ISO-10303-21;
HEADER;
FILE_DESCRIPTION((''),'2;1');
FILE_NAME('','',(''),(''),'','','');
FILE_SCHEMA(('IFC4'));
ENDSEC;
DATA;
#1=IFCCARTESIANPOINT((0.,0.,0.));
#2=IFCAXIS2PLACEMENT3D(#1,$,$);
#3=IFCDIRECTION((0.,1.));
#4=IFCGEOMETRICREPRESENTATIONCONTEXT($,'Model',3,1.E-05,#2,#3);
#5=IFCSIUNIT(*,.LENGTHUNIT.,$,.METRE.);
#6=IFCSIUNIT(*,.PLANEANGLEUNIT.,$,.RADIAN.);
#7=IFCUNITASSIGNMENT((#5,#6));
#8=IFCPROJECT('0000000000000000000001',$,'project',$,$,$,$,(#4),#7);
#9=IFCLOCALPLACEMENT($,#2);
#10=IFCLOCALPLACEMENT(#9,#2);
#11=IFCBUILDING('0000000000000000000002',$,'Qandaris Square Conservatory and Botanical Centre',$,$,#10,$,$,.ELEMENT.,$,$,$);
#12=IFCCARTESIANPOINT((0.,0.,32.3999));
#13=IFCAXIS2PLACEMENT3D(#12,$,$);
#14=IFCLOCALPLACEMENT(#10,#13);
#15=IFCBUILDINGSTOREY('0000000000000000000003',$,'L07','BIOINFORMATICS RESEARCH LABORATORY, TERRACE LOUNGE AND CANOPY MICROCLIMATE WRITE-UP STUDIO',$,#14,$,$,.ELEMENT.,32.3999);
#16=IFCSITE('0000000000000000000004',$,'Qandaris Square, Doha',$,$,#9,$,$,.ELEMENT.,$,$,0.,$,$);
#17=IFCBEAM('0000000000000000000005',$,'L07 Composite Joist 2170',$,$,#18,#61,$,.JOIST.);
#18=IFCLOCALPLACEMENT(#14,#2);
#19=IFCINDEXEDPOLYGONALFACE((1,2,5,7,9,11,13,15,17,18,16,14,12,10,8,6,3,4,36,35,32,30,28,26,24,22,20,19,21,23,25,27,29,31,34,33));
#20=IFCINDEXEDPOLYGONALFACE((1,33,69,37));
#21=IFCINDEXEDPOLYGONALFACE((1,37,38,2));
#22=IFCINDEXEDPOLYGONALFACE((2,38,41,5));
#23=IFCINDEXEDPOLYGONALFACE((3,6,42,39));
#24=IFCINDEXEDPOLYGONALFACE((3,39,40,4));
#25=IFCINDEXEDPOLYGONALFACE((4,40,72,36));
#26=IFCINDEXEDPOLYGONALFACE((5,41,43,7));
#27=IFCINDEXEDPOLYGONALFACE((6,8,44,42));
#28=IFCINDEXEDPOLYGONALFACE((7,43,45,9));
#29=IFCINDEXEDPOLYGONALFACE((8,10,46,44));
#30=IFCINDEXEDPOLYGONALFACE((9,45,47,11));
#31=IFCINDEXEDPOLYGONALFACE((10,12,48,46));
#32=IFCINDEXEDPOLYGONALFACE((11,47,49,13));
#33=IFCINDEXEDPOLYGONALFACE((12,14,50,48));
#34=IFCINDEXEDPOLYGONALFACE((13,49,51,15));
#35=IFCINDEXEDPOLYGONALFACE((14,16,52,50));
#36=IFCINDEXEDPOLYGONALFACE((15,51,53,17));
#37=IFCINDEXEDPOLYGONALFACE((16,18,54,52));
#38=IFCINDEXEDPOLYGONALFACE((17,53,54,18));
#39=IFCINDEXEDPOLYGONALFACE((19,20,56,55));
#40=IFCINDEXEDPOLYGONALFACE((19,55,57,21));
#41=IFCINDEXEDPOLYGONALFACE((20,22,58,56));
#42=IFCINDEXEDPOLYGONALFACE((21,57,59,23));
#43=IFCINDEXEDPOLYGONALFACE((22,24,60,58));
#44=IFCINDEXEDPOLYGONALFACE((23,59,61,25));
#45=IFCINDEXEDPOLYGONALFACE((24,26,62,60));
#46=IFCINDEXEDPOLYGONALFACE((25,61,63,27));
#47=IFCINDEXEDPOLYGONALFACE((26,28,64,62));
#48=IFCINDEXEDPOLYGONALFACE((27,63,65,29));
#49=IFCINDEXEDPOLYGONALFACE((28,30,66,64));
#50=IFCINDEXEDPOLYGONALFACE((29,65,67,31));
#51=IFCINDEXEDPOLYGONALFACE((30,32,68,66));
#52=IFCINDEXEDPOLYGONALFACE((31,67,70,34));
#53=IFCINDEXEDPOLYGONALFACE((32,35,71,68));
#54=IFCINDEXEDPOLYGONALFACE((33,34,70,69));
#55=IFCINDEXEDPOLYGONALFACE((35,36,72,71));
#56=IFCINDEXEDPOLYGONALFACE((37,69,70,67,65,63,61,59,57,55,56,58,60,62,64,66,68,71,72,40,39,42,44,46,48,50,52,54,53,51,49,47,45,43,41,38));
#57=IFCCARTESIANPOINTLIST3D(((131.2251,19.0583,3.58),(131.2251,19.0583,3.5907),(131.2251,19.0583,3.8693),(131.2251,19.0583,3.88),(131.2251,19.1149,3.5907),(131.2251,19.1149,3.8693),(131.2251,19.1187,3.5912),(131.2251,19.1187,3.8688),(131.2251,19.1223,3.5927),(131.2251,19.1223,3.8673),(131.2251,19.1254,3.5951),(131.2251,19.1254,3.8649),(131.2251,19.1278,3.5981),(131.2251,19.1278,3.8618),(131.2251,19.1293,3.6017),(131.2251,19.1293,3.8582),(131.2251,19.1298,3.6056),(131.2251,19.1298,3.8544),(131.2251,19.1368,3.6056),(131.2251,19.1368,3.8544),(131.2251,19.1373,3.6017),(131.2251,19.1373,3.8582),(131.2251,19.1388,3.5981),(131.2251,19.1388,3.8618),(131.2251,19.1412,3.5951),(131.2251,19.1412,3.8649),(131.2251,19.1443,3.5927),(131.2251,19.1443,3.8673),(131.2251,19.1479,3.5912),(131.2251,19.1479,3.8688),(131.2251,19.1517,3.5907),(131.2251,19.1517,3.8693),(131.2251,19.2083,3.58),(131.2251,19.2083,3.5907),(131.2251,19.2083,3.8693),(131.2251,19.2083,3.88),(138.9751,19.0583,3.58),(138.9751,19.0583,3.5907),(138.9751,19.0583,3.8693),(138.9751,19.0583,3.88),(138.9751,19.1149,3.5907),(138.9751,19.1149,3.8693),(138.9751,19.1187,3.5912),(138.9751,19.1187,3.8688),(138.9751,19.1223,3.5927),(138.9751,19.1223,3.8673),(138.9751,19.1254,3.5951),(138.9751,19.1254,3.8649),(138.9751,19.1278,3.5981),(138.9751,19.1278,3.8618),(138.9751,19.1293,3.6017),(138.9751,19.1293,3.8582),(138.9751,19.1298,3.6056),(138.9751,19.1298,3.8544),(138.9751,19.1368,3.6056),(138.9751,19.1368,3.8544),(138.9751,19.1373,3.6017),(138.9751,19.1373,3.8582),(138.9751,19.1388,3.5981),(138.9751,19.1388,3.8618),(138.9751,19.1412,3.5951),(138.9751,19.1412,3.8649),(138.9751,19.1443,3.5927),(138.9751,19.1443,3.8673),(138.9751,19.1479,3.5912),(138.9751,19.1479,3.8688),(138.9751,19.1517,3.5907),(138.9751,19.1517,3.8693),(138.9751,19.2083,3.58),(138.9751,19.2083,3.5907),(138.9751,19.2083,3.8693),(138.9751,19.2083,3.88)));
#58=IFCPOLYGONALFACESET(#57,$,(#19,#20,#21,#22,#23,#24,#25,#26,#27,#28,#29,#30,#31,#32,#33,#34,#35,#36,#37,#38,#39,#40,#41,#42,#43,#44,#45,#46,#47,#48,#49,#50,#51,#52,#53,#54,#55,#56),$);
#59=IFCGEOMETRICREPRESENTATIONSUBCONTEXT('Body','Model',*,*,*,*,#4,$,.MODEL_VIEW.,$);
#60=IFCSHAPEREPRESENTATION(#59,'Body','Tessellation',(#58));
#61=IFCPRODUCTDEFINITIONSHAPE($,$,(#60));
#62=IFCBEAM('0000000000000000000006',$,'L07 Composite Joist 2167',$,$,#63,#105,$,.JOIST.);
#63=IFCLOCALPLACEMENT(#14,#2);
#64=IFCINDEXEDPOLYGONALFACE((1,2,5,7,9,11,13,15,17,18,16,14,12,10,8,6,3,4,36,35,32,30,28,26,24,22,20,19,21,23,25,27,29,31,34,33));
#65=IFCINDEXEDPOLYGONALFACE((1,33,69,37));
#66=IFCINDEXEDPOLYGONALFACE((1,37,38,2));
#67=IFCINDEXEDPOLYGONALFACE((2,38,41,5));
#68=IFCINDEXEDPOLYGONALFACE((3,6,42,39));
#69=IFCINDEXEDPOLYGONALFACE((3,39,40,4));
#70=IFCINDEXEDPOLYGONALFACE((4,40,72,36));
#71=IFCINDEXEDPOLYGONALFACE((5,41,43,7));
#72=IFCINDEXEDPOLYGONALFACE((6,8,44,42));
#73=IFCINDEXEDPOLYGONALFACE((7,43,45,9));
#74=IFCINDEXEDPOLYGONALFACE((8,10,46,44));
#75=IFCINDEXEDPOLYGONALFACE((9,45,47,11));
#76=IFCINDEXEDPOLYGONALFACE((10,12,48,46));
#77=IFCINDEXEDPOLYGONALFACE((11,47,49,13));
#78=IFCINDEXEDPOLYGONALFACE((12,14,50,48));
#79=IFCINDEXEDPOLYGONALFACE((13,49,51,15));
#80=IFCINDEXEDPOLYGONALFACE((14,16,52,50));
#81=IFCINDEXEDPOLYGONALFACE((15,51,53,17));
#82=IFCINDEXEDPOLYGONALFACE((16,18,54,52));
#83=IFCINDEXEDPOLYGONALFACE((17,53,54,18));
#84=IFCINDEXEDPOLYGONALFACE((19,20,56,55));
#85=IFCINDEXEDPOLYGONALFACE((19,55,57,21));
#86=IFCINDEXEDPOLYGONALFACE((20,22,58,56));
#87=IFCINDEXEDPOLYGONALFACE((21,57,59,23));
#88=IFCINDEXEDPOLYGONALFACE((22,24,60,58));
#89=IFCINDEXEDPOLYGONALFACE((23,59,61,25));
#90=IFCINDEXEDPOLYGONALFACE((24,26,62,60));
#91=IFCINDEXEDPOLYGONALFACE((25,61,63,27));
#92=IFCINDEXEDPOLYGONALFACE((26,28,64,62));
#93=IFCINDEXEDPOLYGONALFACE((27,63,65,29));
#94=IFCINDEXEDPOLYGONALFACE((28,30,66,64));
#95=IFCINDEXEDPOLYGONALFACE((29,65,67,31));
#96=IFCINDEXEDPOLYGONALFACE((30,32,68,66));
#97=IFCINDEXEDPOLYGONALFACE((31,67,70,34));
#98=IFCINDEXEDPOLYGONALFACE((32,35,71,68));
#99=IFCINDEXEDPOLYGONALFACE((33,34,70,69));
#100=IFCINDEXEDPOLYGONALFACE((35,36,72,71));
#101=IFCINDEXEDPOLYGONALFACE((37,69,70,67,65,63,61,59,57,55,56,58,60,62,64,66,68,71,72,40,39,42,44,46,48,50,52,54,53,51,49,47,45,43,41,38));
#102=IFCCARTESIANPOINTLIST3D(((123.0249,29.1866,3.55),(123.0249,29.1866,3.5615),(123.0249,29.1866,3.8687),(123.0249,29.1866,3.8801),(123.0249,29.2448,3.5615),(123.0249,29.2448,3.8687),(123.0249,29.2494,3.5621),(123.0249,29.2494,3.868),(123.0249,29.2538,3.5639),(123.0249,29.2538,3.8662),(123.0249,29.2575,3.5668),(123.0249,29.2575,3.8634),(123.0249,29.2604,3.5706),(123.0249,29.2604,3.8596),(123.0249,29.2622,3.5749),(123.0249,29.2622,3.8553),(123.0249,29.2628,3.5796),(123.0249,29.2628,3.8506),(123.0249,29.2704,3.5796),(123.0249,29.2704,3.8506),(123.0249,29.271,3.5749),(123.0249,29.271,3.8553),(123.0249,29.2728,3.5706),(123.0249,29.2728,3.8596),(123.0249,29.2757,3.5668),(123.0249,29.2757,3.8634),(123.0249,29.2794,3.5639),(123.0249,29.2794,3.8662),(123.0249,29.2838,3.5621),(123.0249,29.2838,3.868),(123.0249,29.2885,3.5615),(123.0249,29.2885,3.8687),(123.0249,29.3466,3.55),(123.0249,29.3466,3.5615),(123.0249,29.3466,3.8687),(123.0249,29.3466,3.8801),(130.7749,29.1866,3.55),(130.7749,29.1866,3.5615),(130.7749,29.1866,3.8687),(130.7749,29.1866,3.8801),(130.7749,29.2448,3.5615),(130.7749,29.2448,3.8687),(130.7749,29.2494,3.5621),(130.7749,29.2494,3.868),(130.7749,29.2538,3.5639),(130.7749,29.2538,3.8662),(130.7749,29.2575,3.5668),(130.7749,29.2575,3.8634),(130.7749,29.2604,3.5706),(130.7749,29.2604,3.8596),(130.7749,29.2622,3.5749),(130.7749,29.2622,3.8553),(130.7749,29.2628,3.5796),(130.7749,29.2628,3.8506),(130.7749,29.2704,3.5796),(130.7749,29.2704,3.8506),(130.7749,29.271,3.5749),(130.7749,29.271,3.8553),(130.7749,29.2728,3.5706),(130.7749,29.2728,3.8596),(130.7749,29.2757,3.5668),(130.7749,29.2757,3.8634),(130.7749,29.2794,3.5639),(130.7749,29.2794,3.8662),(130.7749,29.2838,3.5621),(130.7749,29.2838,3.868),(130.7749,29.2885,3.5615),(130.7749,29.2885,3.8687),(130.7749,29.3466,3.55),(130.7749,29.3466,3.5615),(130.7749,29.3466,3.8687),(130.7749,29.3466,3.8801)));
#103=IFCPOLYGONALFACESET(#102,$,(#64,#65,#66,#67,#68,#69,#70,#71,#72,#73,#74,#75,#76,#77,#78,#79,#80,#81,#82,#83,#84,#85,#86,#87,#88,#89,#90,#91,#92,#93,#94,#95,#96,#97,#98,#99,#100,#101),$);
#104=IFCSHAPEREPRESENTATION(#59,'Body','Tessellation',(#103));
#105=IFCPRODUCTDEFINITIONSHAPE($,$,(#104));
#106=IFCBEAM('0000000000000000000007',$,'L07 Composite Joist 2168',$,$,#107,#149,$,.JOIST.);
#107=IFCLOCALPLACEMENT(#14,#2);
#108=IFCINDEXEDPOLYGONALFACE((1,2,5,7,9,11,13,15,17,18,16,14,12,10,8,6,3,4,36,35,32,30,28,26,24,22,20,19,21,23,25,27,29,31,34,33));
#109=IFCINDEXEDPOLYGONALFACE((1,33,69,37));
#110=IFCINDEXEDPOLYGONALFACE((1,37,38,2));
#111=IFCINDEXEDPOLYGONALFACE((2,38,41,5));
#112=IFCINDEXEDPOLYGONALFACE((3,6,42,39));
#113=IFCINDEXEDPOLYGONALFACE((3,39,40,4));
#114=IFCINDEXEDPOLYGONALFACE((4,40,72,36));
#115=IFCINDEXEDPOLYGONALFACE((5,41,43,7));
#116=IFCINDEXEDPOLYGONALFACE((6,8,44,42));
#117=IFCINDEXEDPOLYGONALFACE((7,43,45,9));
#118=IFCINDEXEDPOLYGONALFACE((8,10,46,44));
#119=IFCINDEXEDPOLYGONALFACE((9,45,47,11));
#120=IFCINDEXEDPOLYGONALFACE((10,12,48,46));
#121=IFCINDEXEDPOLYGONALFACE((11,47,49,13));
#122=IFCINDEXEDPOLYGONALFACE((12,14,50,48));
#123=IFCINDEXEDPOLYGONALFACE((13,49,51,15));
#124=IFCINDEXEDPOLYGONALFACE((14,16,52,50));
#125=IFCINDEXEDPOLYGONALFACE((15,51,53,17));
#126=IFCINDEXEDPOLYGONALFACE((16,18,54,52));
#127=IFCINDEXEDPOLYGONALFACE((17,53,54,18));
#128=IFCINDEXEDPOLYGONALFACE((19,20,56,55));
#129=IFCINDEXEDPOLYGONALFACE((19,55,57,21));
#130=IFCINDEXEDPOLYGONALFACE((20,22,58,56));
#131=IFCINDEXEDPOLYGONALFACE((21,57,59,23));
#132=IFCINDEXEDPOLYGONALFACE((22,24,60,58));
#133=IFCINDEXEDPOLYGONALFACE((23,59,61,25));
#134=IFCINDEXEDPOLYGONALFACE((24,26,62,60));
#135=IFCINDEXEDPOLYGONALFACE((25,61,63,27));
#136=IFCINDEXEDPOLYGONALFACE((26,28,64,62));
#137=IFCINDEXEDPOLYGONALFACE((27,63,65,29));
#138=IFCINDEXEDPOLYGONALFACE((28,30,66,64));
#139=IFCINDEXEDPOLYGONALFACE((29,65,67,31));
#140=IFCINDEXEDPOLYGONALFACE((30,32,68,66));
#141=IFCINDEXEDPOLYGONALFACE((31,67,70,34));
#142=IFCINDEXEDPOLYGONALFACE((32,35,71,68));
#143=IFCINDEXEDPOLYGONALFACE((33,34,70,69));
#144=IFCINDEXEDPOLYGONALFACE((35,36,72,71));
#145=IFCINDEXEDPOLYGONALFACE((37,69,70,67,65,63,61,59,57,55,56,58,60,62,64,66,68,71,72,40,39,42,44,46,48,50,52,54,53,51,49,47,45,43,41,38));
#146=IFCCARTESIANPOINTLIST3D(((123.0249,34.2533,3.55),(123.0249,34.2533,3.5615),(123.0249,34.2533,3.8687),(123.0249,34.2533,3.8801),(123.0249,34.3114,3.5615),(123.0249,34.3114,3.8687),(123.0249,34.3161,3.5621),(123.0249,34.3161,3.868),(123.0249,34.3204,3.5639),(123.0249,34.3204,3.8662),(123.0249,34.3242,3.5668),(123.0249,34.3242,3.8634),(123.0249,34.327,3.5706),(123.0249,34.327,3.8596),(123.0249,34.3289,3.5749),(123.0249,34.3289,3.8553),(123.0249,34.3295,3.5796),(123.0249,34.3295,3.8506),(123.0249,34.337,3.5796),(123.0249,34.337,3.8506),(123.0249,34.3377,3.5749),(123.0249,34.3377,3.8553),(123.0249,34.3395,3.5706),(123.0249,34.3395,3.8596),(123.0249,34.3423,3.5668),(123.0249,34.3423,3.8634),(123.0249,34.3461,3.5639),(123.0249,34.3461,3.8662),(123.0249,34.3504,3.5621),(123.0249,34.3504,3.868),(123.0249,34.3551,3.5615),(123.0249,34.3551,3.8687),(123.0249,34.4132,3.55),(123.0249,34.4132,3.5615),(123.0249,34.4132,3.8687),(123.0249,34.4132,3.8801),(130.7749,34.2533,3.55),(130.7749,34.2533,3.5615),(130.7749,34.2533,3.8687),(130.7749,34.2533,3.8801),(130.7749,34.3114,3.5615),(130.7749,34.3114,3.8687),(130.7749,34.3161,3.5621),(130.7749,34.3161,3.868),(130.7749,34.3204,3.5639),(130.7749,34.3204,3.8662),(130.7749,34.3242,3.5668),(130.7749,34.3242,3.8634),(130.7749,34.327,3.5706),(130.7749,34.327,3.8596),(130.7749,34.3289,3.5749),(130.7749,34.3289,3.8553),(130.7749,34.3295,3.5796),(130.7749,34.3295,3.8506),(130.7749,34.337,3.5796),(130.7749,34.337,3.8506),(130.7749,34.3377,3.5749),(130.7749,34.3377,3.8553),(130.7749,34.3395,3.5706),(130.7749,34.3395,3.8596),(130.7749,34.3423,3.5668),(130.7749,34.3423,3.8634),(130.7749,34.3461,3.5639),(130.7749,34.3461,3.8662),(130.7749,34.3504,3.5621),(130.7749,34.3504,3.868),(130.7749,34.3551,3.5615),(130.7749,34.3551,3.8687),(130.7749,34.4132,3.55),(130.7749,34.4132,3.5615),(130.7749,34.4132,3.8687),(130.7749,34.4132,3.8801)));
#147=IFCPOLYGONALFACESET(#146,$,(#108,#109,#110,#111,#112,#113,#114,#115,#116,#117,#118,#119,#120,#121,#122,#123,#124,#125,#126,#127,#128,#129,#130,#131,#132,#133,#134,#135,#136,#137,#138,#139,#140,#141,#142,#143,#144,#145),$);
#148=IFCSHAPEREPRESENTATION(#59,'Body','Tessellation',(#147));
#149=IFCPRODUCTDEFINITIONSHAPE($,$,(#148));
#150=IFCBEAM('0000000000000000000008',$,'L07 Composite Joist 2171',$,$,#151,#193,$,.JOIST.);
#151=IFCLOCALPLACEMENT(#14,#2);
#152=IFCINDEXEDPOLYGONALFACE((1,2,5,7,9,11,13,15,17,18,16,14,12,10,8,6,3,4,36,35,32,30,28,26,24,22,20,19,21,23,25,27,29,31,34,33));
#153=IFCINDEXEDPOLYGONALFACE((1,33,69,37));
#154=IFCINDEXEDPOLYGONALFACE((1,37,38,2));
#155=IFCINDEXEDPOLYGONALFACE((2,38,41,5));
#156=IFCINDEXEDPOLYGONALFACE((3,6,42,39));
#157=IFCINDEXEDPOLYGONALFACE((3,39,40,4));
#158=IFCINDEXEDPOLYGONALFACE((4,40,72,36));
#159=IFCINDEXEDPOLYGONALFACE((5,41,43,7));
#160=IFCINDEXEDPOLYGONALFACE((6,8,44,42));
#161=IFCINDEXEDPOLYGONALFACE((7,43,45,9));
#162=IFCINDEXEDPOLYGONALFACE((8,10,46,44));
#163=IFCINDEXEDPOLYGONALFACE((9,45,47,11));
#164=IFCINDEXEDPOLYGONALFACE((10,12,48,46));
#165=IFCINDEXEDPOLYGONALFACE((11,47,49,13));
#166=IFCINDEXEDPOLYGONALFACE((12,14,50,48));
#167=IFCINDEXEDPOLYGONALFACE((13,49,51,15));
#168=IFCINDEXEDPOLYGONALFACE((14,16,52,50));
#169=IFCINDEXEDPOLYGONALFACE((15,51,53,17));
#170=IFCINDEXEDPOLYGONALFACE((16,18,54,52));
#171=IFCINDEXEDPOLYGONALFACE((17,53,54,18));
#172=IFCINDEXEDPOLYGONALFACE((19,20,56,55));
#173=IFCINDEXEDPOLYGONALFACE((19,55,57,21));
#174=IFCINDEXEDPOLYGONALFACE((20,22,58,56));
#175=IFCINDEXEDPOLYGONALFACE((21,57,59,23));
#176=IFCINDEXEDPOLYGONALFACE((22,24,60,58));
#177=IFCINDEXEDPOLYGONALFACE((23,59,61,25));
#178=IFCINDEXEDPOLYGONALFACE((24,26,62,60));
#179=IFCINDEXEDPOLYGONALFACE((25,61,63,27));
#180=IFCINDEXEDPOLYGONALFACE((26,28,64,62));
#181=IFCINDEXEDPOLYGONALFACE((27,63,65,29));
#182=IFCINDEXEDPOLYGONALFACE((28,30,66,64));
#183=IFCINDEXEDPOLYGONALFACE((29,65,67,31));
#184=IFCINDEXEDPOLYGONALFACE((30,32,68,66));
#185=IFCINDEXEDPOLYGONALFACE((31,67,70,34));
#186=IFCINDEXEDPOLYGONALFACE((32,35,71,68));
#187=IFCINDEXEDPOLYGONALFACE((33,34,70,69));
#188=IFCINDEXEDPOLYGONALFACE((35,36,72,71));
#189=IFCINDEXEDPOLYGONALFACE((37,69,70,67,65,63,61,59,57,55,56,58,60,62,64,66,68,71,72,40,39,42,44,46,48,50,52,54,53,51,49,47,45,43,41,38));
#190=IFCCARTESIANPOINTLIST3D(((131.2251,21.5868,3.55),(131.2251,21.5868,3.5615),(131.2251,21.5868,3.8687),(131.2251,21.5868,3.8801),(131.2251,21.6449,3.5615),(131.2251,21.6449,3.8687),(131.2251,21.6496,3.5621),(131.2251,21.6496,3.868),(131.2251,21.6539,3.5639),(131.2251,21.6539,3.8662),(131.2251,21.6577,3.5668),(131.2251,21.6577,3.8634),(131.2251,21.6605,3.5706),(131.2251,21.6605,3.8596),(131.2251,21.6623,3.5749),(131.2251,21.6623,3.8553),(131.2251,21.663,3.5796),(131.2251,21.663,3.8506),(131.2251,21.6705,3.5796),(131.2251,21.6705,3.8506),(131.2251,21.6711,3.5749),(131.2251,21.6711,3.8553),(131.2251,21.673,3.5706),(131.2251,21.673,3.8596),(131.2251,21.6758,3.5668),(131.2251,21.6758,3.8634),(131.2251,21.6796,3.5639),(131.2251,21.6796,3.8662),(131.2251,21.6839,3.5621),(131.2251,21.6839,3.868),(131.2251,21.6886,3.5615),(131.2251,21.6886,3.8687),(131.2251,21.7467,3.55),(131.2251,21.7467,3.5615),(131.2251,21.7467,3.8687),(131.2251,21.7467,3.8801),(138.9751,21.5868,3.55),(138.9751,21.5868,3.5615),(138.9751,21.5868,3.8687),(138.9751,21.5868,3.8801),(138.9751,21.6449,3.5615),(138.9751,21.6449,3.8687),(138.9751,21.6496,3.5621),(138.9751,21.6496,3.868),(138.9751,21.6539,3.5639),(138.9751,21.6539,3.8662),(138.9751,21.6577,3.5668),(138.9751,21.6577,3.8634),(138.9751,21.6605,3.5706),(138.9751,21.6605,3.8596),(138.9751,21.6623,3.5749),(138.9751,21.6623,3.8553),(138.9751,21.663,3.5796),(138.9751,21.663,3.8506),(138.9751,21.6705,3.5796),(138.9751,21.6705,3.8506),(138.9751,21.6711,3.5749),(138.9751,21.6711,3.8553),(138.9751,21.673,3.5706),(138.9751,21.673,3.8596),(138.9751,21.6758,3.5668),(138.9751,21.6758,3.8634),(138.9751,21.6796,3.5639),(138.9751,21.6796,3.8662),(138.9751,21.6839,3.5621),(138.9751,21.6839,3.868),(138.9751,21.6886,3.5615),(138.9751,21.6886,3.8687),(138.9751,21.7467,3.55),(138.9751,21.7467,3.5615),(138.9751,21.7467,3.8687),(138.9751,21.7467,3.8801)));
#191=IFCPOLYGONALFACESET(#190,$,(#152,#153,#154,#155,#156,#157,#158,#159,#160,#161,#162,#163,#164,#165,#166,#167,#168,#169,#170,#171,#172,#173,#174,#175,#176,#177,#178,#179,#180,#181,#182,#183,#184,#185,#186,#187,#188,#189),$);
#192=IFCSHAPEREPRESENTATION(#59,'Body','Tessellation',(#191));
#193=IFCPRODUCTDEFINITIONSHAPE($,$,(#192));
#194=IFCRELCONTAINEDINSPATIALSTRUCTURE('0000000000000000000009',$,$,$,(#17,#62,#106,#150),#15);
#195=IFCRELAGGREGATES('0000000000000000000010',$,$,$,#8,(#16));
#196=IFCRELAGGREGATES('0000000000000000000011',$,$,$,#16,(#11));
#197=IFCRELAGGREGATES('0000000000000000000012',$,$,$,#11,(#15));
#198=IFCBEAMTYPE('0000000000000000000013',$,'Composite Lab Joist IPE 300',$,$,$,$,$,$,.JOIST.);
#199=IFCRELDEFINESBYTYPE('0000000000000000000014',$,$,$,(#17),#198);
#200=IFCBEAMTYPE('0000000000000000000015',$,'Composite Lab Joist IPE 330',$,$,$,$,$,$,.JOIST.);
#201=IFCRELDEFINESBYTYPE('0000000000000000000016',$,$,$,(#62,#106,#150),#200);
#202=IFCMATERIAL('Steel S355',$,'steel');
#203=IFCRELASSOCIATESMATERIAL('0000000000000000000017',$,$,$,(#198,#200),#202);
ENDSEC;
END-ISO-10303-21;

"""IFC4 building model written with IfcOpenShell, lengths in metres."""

from ifc_helpers import new_model, si_unit, direction, frame, origin, origin_2d, place, context, subcontext, project, spatial, i_section, extrude, material, material_profile, profile_set, type_object, element, save


model = new_model("IFC4")

# Units and contexts
model_context = context("Model", 3, precision=1e-05, world=origin(), true_north=direction((0.0, 1.0)))
body_context = subcontext(model_context, "Body", "Model", "MODEL_VIEW")
ifc_project = project(units=[si_unit("LENGTHUNIT", "METRE"), si_unit("PLANEANGLEUNIT", "RADIAN")], contexts=[model_context])

# Site, building, storey
site_placement = place(None, origin())
site = spatial("IfcSite", under=ifc_project, at=site_placement, Name="Qandaris Square, Doha", CompositionType="ELEMENT", RefElevation=0.0)
building_placement = place(site_placement, origin())
building = spatial("IfcBuilding", under=site, at=building_placement, Name="Qandaris Square Conservatory and Botanical Centre", CompositionType="ELEMENT")
storey_placement = place(building_placement, frame((0.0, 0.0, 32.3999)))
storey = spatial("IfcBuildingStorey", under=building, at=storey_placement, Name="L07", Description="BIOINFORMATICS RESEARCH LABORATORY, TERRACE LOUNGE AND CANOPY MICROCLIMATE WRITE-UP STUDIO", CompositionType="ELEMENT", Elevation=32.3999)

# Beams
ifc_material_1 = material(Name="Steel S355", Category="steel")
ifc_material_profile_1 = material_profile(ifc_material_1, i_section(OverallWidth=0.1499, OverallDepth=0.3, WebThickness=0.0071, FlangeThickness=0.0107, FilletRadius=0.0149, at=origin_2d()), Name="IPE 300")
ifc_profile_set_1 = profile_set([ifc_material_profile_1], Name="Steel S355")
beam_type_1 = type_object("IfcBeamType", Name="Composite Lab Joist IPE 300", PredefinedType="JOIST", material=ifc_profile_set_1)
for number, where, z_axis, x_axis, name in (
    (1, (131.2251, 19.1333, 3.73), (1.0, 0.0, 0.0), (0.0, 1.0, 0.0), "L07 Composite Joist 2170"),
):
    element("IfcBeam", number, at=place(storey_placement, frame(where, z_axis=z_axis, x_axis=x_axis)), inside=storey, type_object=beam_type_1, Name=name, PredefinedType="JOIST", context=body_context, shape_type="SweptSolid", body=[
        extrude(i_section(OverallWidth=0.1499, OverallDepth=0.3, WebThickness=0.0071, FlangeThickness=0.0107, FilletRadius=0.0149, at=origin_2d()), origin(), (0.0, 0.0, 1.0), 7.75),
    ])
ifc_material_profile_2 = material_profile(ifc_material_1, i_section(OverallWidth=0.1599, OverallDepth=0.3301, WebThickness=0.0076, FlangeThickness=0.0115, FilletRadius=0.0181, at=origin_2d()), Name="IPE 330")
ifc_profile_set_2 = profile_set([ifc_material_profile_2], Name="Steel S355")
beam_type_2 = type_object("IfcBeamType", Name="Composite Lab Joist IPE 330", PredefinedType="JOIST", material=ifc_profile_set_2)
for number, where, z_axis, x_axis, name in (
    (2, (123.0249, 29.2666, 3.7151), (1.0, 0.0, 0.0), (0.0, 1.0, 0.0), "L07 Composite Joist 2167"),
    (3, (123.0249, 34.3333, 3.7151), (1.0, 0.0, 0.0), (0.0, 1.0, 0.0), "L07 Composite Joist 2168"),
    (4, (131.2251, 21.6667, 3.7151), (1.0, 0.0, 0.0), (0.0, 1.0, 0.0), "L07 Composite Joist 2171"),
):
    element("IfcBeam", number, at=place(storey_placement, frame(where, z_axis=z_axis, x_axis=x_axis)), inside=storey, type_object=beam_type_2, Name=name, PredefinedType="JOIST", context=body_context, shape_type="SweptSolid", body=[
        extrude(i_section(OverallWidth=0.1599, OverallDepth=0.3301, WebThickness=0.0076, FlangeThickness=0.0115, FilletRadius=0.0181, at=origin_2d()), origin(), (0.0, 0.0, 1.0), 7.75),
    ])

save(model, "model.ifc")
